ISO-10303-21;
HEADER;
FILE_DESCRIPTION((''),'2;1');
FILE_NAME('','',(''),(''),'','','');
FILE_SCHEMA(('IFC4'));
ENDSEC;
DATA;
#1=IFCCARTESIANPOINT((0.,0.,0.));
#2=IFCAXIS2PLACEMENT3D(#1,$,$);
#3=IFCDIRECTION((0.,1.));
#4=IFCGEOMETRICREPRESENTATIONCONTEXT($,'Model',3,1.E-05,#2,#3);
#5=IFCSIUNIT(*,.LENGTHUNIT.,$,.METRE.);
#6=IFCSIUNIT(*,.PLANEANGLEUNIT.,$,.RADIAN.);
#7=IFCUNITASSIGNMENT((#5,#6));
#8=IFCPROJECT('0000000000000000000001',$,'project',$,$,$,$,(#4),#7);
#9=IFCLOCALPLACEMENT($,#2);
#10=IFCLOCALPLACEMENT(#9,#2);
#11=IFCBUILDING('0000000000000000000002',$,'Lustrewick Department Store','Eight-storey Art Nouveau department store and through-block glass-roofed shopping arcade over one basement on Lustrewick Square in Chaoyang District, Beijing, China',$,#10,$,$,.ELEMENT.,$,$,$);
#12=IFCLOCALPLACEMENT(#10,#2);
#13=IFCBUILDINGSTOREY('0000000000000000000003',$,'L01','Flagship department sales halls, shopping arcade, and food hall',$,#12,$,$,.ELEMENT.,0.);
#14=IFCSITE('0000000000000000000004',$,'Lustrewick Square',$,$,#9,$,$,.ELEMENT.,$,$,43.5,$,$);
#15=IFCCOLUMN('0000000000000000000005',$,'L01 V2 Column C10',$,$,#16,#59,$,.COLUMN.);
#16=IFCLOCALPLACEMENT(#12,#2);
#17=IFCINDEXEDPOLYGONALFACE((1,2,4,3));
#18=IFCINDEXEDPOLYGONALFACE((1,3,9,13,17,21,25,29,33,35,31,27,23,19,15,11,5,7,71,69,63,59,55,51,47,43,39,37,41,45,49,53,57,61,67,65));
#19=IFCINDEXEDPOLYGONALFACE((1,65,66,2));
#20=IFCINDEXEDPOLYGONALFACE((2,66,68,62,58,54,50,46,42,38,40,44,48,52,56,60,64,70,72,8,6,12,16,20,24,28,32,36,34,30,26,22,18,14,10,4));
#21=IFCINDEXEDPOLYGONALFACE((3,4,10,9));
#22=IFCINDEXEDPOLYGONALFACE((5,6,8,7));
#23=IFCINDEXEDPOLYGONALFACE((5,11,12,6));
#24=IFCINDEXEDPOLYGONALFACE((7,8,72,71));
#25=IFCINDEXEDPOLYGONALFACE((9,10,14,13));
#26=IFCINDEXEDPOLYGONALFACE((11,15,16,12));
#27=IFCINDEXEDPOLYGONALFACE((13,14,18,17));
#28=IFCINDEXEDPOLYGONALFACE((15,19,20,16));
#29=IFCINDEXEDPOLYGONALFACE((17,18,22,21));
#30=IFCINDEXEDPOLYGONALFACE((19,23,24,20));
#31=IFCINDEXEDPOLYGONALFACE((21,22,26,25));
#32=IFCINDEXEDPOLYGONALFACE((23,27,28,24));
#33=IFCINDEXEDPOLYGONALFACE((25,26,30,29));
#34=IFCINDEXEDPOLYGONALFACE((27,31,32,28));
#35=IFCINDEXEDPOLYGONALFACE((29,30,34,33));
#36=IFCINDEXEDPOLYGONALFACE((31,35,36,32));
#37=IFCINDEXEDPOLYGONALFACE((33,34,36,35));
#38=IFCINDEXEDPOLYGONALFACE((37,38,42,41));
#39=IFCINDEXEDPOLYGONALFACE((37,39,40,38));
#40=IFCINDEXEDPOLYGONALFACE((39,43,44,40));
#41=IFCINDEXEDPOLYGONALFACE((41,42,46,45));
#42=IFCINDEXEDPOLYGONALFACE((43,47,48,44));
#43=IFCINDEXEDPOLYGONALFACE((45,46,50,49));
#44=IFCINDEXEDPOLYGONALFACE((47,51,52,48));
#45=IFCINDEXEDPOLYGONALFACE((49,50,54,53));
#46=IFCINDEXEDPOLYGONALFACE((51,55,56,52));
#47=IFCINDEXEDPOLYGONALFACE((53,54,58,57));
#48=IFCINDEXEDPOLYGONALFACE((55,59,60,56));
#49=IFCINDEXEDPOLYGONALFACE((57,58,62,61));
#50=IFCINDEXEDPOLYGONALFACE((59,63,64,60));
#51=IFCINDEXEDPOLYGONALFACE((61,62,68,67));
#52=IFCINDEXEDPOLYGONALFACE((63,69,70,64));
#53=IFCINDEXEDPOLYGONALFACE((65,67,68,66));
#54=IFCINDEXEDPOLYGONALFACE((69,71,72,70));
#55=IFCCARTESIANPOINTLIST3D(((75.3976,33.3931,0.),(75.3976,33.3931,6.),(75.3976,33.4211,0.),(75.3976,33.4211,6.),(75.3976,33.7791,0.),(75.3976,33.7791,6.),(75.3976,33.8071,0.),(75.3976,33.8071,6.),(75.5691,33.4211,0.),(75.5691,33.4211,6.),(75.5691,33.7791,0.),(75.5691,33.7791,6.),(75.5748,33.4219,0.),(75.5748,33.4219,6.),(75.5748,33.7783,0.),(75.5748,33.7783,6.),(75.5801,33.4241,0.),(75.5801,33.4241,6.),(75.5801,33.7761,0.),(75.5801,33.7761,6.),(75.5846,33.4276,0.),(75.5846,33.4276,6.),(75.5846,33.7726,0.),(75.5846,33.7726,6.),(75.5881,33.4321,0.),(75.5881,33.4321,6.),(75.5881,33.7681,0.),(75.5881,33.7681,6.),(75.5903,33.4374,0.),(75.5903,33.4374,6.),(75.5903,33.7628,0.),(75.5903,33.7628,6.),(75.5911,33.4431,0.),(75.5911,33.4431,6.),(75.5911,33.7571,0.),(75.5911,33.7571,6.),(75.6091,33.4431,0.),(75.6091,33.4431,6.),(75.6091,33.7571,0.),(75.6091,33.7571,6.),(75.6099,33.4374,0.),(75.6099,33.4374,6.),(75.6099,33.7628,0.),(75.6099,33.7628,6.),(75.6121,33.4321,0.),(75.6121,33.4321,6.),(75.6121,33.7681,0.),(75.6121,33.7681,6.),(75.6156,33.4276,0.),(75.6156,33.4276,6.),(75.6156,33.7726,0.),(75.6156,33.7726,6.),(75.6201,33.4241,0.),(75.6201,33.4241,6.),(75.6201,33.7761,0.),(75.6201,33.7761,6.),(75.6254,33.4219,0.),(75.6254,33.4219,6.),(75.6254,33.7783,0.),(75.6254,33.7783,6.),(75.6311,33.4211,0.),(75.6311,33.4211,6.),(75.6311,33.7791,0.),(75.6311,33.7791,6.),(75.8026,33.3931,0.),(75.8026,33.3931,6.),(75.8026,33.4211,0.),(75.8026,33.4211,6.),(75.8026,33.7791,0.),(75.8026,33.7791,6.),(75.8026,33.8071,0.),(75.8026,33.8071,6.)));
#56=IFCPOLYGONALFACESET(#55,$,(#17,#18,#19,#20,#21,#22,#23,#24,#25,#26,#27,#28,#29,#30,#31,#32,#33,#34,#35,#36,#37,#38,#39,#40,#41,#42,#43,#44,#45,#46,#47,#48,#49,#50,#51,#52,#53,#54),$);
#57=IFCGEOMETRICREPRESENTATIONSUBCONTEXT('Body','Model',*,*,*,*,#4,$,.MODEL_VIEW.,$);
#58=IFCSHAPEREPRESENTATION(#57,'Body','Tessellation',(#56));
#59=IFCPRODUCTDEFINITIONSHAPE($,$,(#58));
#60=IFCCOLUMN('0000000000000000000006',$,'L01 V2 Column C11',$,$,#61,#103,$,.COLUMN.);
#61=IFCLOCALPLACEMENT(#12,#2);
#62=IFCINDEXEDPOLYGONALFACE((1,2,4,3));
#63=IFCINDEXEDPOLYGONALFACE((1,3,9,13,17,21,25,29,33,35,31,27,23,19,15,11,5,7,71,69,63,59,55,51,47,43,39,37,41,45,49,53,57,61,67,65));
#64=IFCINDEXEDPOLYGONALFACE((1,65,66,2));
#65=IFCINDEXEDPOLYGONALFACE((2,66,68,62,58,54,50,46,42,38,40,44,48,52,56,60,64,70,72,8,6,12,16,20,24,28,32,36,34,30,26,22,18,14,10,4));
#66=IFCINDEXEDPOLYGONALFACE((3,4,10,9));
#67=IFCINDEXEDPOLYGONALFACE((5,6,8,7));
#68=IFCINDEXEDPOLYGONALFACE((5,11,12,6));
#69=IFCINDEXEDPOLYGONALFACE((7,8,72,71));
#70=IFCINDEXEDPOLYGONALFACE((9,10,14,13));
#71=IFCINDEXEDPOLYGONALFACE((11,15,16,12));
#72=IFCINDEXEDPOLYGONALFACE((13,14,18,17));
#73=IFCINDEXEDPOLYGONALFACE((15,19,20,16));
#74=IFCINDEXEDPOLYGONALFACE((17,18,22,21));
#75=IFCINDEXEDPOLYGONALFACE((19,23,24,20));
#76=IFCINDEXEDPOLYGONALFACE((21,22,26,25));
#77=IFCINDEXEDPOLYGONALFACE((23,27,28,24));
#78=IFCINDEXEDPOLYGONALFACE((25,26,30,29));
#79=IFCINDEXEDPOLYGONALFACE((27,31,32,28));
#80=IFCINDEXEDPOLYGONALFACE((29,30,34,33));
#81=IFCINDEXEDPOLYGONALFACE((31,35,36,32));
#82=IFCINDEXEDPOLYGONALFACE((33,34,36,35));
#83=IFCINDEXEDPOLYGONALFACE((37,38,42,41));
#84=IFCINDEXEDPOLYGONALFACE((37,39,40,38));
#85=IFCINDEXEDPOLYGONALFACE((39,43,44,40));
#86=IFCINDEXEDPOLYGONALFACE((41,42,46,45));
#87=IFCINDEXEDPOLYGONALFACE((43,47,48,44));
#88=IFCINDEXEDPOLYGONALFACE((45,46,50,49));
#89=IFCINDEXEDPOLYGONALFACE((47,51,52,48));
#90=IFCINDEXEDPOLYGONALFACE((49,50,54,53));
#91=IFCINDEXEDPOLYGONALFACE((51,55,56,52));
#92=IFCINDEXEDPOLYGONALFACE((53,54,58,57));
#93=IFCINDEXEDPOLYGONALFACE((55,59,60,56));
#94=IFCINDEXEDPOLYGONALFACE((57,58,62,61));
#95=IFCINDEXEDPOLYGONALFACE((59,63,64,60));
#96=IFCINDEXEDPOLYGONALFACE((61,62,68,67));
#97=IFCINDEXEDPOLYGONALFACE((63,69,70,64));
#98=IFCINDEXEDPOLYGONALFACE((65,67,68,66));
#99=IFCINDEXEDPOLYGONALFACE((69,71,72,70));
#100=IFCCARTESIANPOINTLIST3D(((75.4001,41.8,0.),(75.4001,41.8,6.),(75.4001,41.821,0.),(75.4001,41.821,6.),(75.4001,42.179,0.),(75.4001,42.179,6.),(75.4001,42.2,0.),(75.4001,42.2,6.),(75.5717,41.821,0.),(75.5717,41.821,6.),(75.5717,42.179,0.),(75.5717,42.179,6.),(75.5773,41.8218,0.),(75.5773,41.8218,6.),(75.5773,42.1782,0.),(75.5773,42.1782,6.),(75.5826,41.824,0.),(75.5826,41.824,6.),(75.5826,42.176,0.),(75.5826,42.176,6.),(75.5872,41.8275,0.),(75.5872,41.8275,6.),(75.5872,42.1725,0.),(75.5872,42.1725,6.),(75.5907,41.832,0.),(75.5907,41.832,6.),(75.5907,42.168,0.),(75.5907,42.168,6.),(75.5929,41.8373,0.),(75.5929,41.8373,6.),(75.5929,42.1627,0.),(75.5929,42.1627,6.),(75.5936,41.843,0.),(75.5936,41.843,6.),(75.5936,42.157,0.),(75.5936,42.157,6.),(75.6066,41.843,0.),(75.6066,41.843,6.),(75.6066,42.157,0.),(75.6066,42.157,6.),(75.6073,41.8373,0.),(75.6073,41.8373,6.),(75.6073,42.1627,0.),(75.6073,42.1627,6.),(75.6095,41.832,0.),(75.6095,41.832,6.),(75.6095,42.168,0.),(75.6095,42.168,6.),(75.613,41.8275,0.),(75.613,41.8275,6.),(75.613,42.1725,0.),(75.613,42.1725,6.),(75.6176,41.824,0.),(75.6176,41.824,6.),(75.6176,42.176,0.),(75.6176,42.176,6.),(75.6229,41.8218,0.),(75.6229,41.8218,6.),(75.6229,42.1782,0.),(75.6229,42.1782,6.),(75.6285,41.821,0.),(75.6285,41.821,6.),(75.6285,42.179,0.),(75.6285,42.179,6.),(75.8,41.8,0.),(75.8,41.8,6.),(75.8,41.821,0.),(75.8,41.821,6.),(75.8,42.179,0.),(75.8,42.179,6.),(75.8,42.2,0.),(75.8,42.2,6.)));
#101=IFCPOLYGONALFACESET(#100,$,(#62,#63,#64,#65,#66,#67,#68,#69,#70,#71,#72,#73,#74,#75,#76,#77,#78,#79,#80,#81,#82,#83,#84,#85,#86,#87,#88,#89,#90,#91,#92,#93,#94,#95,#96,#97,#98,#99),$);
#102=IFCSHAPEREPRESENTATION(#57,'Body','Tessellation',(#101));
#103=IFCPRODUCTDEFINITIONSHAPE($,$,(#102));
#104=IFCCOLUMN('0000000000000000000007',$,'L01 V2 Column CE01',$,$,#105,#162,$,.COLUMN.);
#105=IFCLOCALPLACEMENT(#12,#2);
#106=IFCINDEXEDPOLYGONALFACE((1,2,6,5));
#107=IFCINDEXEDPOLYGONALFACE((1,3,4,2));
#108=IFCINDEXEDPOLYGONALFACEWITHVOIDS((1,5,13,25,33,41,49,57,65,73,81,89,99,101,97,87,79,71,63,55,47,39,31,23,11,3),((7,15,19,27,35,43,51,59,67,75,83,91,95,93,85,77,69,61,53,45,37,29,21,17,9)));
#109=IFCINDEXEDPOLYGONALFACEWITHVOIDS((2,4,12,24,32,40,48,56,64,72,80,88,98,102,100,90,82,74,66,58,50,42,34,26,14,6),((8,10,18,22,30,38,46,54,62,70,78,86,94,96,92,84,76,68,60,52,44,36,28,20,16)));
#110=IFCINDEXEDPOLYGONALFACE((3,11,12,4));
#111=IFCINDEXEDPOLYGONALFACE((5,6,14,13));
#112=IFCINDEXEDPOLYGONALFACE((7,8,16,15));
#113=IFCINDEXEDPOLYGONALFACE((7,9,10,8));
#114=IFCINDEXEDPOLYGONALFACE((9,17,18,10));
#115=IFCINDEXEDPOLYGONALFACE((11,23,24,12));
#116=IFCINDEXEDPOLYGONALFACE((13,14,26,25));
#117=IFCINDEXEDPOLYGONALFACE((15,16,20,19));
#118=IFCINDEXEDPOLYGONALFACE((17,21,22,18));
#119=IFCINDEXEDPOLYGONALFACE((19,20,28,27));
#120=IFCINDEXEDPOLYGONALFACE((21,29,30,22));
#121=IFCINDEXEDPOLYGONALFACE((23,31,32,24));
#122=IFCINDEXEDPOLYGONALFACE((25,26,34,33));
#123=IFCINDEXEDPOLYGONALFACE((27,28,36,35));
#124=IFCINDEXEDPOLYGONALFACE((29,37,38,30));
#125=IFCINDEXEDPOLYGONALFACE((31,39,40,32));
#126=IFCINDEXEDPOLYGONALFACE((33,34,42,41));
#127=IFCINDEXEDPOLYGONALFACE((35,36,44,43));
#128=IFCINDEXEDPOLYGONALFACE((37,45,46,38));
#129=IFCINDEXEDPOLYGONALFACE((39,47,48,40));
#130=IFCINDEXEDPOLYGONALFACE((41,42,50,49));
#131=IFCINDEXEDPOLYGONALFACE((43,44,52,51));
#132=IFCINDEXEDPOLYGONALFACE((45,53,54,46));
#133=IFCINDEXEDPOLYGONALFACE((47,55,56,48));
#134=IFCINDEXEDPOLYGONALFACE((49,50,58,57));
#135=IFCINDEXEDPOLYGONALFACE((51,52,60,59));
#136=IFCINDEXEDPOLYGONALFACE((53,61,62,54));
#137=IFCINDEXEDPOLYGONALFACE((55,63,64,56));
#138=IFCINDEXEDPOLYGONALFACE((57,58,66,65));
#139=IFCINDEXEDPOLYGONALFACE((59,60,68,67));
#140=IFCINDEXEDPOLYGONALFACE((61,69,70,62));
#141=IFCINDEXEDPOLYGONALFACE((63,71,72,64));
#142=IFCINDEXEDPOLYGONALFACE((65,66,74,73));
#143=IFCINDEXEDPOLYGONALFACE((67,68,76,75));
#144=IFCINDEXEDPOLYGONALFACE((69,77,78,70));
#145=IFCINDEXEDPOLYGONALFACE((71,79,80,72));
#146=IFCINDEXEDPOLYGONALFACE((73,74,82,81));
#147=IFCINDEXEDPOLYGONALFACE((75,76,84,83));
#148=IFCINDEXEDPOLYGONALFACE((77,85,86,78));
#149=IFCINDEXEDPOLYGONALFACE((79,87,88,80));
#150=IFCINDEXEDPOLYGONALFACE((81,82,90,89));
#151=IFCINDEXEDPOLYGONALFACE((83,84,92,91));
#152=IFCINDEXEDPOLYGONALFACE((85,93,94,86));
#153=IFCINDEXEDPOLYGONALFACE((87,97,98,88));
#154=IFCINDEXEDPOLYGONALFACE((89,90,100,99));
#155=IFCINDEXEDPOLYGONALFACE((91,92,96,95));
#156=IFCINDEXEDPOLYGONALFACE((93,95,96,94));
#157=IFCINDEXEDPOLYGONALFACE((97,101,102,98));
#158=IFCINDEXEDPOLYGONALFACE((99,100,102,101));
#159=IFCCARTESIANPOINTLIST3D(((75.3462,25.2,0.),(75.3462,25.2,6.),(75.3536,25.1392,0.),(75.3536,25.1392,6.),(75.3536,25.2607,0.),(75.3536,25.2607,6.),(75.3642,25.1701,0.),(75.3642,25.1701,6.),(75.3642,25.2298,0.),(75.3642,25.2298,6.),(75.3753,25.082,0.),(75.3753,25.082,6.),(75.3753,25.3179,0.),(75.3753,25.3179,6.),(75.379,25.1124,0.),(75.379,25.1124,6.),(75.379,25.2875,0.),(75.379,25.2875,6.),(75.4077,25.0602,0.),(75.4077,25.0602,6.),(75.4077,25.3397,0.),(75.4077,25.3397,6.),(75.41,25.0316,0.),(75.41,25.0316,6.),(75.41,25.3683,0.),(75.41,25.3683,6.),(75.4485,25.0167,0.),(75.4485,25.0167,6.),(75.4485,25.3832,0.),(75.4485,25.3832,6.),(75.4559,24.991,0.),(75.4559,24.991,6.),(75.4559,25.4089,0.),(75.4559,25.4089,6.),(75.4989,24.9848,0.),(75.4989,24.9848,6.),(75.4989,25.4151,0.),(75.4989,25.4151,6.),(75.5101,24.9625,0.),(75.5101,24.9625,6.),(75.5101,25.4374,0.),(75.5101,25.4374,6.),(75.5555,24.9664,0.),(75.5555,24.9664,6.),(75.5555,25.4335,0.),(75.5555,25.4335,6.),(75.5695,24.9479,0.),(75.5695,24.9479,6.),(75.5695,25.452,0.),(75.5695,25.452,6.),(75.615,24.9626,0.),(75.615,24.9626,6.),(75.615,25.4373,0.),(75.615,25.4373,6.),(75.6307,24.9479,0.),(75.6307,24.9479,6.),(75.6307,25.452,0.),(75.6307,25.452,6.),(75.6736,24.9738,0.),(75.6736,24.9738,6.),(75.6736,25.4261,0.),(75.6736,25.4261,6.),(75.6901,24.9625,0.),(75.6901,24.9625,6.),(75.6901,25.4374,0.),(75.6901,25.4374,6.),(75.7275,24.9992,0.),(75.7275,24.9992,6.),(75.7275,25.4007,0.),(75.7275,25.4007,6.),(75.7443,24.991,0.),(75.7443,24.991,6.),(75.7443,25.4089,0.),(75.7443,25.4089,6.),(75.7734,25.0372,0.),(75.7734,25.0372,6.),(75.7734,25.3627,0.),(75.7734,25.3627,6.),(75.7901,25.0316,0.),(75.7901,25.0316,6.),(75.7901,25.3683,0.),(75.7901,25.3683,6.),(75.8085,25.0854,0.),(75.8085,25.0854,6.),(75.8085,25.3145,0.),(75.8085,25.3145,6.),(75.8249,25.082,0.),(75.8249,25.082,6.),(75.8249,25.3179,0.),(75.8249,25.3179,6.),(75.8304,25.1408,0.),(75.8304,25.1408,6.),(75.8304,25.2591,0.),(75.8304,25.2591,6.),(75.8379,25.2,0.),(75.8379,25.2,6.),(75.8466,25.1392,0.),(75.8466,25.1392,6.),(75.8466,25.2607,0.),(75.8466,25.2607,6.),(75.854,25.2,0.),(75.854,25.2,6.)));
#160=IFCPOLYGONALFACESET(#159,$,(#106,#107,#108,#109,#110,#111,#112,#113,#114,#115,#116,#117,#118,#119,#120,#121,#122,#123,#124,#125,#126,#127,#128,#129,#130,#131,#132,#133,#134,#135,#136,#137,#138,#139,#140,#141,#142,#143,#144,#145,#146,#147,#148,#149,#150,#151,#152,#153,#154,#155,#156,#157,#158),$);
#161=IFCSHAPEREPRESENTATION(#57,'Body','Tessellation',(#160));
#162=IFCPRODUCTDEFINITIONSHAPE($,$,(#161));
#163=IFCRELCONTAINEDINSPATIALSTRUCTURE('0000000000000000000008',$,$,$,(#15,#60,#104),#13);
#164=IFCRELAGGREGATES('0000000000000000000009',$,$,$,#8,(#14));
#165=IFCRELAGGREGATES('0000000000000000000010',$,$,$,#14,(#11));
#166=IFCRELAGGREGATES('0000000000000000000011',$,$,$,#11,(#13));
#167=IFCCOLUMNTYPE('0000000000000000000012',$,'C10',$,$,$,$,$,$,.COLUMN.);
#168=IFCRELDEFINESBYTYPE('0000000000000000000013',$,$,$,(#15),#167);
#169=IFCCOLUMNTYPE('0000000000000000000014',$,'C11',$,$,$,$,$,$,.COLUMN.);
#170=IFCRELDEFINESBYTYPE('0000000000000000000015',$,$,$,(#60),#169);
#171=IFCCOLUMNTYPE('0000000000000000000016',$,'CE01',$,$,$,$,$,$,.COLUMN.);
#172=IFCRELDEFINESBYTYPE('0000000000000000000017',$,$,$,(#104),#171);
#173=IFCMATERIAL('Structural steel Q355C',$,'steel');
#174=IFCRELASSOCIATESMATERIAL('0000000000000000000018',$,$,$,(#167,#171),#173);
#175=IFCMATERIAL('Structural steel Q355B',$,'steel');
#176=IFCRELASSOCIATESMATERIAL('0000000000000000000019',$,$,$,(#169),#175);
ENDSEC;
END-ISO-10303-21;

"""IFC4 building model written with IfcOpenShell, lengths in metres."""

from ifc_helpers import new_model, si_unit, direction, frame, origin, origin_2d, place, context, subcontext, project, spatial, hollow_circle, i_section, extrude, material, material_profile, profile_set, type_object, element, save


model = new_model("IFC4")

# Units and contexts
model_context = context("Model", 3, precision=1e-05, world=origin(), true_north=direction((0.0, 1.0)))
body_context = subcontext(model_context, "Body", "Model", "MODEL_VIEW")
ifc_project = project(units=[si_unit("LENGTHUNIT", "METRE"), si_unit("PLANEANGLEUNIT", "RADIAN")], contexts=[model_context])

# Site, building, storey
site_placement = place(None, origin())
site = spatial("IfcSite", under=ifc_project, at=site_placement, Name="Lustrewick Square", CompositionType="ELEMENT", RefElevation=43.5)
building_placement = place(site_placement, origin())
building = spatial("IfcBuilding", under=site, at=building_placement, Name="Lustrewick Department Store", Description="Eight-storey Art Nouveau department store and through-block glass-roofed shopping arcade over one basement on Lustrewick Square in Chaoyang District, Beijing, China", CompositionType="ELEMENT")
storey_placement = place(building_placement, origin())
storey = spatial("IfcBuildingStorey", under=building, at=storey_placement, Name="L01", Description="Flagship department sales halls, shopping arcade, and food hall", CompositionType="ELEMENT", Elevation=0.0)

# Columns
ifc_material_1 = material(Name="Structural steel Q355C", Category="steel")
ifc_material_profile_1 = material_profile(ifc_material_1, i_section(OverallWidth=0.405, OverallDepth=0.4141, WebThickness=0.0181, FlangeThickness=0.0281, FilletRadius=0.022, at=origin_2d()), Name="HW 414x405x18x28")
ifc_profile_set_1 = profile_set([ifc_material_profile_1], Name="Structural steel Q355C")
column_type_1 = type_object("IfcColumnType", Name="C10", PredefinedType="COLUMN", material=ifc_profile_set_1)
column_1_placement = place(storey_placement, frame((75.6001, 33.6001, 0.0), z_axis=(0.0, 0.0, 1.0), x_axis=(1.0, 0.0, 0.0)))
element("IfcColumn", 1, at=column_1_placement, inside=storey, type_object=column_type_1, Name="L01 V2 Column C10", PredefinedType="COLUMN", context=body_context, shape_type="SweptSolid", body=[
    extrude(i_section(OverallWidth=0.405, OverallDepth=0.4141, WebThickness=0.0181, FlangeThickness=0.0281, FilletRadius=0.022, at=origin_2d()), origin(), (0.0, 0.0, 1.0), 6.0),
])
ifc_material_2 = material(Name="Structural steel Q355B", Category="steel")
ifc_material_profile_2 = material_profile(ifc_material_2, i_section(OverallWidth=0.3999, OverallDepth=0.3999, WebThickness=0.0129, FlangeThickness=0.021, FilletRadius=0.022, at=origin_2d()), Name="HW 400x400x13x21")
ifc_profile_set_2 = profile_set([ifc_material_profile_2], Name="Structural steel Q355B")
column_type_2 = type_object("IfcColumnType", Name="C11", PredefinedType="COLUMN", material=ifc_profile_set_2)
column_2_placement = place(storey_placement, frame((75.6001, 42.0, 0.0), z_axis=(0.0, 0.0, 1.0), x_axis=(1.0, 0.0, 0.0)))
element("IfcColumn", 2, at=column_2_placement, inside=storey, type_object=column_type_2, Name="L01 V2 Column C11", PredefinedType="COLUMN", context=body_context, shape_type="SweptSolid", body=[
    extrude(i_section(OverallWidth=0.3999, OverallDepth=0.3999, WebThickness=0.0129, FlangeThickness=0.021, FilletRadius=0.022, at=origin_2d()), origin(), (0.0, 0.0, 1.0), 6.0),
])
ifc_material_profile_3 = material_profile(ifc_material_1, hollow_circle(Radius=0.2539, WallThickness=0.0161, at=origin_2d()), Name="CHS 508x16")
ifc_profile_set_3 = profile_set([ifc_material_profile_3], Name="Structural steel Q355C")
column_type_3 = type_object("IfcColumnType", Name="CE01", PredefinedType="COLUMN", material=ifc_profile_set_3)
column_3_placement = place(storey_placement, frame((75.6001, 25.2, 0.0), z_axis=(0.0, 0.0, 1.0), x_axis=(1.0, 0.0, 0.0)))
element("IfcColumn", 3, at=column_3_placement, inside=storey, type_object=column_type_3, Name="L01 V2 Column CE01", PredefinedType="COLUMN", context=body_context, shape_type="SweptSolid", body=[
    extrude(hollow_circle(Radius=0.2539, WallThickness=0.0161, at=origin_2d()), origin(), (0.0, 0.0, 1.0), 6.0),
])

save(model, "model.ifc")
